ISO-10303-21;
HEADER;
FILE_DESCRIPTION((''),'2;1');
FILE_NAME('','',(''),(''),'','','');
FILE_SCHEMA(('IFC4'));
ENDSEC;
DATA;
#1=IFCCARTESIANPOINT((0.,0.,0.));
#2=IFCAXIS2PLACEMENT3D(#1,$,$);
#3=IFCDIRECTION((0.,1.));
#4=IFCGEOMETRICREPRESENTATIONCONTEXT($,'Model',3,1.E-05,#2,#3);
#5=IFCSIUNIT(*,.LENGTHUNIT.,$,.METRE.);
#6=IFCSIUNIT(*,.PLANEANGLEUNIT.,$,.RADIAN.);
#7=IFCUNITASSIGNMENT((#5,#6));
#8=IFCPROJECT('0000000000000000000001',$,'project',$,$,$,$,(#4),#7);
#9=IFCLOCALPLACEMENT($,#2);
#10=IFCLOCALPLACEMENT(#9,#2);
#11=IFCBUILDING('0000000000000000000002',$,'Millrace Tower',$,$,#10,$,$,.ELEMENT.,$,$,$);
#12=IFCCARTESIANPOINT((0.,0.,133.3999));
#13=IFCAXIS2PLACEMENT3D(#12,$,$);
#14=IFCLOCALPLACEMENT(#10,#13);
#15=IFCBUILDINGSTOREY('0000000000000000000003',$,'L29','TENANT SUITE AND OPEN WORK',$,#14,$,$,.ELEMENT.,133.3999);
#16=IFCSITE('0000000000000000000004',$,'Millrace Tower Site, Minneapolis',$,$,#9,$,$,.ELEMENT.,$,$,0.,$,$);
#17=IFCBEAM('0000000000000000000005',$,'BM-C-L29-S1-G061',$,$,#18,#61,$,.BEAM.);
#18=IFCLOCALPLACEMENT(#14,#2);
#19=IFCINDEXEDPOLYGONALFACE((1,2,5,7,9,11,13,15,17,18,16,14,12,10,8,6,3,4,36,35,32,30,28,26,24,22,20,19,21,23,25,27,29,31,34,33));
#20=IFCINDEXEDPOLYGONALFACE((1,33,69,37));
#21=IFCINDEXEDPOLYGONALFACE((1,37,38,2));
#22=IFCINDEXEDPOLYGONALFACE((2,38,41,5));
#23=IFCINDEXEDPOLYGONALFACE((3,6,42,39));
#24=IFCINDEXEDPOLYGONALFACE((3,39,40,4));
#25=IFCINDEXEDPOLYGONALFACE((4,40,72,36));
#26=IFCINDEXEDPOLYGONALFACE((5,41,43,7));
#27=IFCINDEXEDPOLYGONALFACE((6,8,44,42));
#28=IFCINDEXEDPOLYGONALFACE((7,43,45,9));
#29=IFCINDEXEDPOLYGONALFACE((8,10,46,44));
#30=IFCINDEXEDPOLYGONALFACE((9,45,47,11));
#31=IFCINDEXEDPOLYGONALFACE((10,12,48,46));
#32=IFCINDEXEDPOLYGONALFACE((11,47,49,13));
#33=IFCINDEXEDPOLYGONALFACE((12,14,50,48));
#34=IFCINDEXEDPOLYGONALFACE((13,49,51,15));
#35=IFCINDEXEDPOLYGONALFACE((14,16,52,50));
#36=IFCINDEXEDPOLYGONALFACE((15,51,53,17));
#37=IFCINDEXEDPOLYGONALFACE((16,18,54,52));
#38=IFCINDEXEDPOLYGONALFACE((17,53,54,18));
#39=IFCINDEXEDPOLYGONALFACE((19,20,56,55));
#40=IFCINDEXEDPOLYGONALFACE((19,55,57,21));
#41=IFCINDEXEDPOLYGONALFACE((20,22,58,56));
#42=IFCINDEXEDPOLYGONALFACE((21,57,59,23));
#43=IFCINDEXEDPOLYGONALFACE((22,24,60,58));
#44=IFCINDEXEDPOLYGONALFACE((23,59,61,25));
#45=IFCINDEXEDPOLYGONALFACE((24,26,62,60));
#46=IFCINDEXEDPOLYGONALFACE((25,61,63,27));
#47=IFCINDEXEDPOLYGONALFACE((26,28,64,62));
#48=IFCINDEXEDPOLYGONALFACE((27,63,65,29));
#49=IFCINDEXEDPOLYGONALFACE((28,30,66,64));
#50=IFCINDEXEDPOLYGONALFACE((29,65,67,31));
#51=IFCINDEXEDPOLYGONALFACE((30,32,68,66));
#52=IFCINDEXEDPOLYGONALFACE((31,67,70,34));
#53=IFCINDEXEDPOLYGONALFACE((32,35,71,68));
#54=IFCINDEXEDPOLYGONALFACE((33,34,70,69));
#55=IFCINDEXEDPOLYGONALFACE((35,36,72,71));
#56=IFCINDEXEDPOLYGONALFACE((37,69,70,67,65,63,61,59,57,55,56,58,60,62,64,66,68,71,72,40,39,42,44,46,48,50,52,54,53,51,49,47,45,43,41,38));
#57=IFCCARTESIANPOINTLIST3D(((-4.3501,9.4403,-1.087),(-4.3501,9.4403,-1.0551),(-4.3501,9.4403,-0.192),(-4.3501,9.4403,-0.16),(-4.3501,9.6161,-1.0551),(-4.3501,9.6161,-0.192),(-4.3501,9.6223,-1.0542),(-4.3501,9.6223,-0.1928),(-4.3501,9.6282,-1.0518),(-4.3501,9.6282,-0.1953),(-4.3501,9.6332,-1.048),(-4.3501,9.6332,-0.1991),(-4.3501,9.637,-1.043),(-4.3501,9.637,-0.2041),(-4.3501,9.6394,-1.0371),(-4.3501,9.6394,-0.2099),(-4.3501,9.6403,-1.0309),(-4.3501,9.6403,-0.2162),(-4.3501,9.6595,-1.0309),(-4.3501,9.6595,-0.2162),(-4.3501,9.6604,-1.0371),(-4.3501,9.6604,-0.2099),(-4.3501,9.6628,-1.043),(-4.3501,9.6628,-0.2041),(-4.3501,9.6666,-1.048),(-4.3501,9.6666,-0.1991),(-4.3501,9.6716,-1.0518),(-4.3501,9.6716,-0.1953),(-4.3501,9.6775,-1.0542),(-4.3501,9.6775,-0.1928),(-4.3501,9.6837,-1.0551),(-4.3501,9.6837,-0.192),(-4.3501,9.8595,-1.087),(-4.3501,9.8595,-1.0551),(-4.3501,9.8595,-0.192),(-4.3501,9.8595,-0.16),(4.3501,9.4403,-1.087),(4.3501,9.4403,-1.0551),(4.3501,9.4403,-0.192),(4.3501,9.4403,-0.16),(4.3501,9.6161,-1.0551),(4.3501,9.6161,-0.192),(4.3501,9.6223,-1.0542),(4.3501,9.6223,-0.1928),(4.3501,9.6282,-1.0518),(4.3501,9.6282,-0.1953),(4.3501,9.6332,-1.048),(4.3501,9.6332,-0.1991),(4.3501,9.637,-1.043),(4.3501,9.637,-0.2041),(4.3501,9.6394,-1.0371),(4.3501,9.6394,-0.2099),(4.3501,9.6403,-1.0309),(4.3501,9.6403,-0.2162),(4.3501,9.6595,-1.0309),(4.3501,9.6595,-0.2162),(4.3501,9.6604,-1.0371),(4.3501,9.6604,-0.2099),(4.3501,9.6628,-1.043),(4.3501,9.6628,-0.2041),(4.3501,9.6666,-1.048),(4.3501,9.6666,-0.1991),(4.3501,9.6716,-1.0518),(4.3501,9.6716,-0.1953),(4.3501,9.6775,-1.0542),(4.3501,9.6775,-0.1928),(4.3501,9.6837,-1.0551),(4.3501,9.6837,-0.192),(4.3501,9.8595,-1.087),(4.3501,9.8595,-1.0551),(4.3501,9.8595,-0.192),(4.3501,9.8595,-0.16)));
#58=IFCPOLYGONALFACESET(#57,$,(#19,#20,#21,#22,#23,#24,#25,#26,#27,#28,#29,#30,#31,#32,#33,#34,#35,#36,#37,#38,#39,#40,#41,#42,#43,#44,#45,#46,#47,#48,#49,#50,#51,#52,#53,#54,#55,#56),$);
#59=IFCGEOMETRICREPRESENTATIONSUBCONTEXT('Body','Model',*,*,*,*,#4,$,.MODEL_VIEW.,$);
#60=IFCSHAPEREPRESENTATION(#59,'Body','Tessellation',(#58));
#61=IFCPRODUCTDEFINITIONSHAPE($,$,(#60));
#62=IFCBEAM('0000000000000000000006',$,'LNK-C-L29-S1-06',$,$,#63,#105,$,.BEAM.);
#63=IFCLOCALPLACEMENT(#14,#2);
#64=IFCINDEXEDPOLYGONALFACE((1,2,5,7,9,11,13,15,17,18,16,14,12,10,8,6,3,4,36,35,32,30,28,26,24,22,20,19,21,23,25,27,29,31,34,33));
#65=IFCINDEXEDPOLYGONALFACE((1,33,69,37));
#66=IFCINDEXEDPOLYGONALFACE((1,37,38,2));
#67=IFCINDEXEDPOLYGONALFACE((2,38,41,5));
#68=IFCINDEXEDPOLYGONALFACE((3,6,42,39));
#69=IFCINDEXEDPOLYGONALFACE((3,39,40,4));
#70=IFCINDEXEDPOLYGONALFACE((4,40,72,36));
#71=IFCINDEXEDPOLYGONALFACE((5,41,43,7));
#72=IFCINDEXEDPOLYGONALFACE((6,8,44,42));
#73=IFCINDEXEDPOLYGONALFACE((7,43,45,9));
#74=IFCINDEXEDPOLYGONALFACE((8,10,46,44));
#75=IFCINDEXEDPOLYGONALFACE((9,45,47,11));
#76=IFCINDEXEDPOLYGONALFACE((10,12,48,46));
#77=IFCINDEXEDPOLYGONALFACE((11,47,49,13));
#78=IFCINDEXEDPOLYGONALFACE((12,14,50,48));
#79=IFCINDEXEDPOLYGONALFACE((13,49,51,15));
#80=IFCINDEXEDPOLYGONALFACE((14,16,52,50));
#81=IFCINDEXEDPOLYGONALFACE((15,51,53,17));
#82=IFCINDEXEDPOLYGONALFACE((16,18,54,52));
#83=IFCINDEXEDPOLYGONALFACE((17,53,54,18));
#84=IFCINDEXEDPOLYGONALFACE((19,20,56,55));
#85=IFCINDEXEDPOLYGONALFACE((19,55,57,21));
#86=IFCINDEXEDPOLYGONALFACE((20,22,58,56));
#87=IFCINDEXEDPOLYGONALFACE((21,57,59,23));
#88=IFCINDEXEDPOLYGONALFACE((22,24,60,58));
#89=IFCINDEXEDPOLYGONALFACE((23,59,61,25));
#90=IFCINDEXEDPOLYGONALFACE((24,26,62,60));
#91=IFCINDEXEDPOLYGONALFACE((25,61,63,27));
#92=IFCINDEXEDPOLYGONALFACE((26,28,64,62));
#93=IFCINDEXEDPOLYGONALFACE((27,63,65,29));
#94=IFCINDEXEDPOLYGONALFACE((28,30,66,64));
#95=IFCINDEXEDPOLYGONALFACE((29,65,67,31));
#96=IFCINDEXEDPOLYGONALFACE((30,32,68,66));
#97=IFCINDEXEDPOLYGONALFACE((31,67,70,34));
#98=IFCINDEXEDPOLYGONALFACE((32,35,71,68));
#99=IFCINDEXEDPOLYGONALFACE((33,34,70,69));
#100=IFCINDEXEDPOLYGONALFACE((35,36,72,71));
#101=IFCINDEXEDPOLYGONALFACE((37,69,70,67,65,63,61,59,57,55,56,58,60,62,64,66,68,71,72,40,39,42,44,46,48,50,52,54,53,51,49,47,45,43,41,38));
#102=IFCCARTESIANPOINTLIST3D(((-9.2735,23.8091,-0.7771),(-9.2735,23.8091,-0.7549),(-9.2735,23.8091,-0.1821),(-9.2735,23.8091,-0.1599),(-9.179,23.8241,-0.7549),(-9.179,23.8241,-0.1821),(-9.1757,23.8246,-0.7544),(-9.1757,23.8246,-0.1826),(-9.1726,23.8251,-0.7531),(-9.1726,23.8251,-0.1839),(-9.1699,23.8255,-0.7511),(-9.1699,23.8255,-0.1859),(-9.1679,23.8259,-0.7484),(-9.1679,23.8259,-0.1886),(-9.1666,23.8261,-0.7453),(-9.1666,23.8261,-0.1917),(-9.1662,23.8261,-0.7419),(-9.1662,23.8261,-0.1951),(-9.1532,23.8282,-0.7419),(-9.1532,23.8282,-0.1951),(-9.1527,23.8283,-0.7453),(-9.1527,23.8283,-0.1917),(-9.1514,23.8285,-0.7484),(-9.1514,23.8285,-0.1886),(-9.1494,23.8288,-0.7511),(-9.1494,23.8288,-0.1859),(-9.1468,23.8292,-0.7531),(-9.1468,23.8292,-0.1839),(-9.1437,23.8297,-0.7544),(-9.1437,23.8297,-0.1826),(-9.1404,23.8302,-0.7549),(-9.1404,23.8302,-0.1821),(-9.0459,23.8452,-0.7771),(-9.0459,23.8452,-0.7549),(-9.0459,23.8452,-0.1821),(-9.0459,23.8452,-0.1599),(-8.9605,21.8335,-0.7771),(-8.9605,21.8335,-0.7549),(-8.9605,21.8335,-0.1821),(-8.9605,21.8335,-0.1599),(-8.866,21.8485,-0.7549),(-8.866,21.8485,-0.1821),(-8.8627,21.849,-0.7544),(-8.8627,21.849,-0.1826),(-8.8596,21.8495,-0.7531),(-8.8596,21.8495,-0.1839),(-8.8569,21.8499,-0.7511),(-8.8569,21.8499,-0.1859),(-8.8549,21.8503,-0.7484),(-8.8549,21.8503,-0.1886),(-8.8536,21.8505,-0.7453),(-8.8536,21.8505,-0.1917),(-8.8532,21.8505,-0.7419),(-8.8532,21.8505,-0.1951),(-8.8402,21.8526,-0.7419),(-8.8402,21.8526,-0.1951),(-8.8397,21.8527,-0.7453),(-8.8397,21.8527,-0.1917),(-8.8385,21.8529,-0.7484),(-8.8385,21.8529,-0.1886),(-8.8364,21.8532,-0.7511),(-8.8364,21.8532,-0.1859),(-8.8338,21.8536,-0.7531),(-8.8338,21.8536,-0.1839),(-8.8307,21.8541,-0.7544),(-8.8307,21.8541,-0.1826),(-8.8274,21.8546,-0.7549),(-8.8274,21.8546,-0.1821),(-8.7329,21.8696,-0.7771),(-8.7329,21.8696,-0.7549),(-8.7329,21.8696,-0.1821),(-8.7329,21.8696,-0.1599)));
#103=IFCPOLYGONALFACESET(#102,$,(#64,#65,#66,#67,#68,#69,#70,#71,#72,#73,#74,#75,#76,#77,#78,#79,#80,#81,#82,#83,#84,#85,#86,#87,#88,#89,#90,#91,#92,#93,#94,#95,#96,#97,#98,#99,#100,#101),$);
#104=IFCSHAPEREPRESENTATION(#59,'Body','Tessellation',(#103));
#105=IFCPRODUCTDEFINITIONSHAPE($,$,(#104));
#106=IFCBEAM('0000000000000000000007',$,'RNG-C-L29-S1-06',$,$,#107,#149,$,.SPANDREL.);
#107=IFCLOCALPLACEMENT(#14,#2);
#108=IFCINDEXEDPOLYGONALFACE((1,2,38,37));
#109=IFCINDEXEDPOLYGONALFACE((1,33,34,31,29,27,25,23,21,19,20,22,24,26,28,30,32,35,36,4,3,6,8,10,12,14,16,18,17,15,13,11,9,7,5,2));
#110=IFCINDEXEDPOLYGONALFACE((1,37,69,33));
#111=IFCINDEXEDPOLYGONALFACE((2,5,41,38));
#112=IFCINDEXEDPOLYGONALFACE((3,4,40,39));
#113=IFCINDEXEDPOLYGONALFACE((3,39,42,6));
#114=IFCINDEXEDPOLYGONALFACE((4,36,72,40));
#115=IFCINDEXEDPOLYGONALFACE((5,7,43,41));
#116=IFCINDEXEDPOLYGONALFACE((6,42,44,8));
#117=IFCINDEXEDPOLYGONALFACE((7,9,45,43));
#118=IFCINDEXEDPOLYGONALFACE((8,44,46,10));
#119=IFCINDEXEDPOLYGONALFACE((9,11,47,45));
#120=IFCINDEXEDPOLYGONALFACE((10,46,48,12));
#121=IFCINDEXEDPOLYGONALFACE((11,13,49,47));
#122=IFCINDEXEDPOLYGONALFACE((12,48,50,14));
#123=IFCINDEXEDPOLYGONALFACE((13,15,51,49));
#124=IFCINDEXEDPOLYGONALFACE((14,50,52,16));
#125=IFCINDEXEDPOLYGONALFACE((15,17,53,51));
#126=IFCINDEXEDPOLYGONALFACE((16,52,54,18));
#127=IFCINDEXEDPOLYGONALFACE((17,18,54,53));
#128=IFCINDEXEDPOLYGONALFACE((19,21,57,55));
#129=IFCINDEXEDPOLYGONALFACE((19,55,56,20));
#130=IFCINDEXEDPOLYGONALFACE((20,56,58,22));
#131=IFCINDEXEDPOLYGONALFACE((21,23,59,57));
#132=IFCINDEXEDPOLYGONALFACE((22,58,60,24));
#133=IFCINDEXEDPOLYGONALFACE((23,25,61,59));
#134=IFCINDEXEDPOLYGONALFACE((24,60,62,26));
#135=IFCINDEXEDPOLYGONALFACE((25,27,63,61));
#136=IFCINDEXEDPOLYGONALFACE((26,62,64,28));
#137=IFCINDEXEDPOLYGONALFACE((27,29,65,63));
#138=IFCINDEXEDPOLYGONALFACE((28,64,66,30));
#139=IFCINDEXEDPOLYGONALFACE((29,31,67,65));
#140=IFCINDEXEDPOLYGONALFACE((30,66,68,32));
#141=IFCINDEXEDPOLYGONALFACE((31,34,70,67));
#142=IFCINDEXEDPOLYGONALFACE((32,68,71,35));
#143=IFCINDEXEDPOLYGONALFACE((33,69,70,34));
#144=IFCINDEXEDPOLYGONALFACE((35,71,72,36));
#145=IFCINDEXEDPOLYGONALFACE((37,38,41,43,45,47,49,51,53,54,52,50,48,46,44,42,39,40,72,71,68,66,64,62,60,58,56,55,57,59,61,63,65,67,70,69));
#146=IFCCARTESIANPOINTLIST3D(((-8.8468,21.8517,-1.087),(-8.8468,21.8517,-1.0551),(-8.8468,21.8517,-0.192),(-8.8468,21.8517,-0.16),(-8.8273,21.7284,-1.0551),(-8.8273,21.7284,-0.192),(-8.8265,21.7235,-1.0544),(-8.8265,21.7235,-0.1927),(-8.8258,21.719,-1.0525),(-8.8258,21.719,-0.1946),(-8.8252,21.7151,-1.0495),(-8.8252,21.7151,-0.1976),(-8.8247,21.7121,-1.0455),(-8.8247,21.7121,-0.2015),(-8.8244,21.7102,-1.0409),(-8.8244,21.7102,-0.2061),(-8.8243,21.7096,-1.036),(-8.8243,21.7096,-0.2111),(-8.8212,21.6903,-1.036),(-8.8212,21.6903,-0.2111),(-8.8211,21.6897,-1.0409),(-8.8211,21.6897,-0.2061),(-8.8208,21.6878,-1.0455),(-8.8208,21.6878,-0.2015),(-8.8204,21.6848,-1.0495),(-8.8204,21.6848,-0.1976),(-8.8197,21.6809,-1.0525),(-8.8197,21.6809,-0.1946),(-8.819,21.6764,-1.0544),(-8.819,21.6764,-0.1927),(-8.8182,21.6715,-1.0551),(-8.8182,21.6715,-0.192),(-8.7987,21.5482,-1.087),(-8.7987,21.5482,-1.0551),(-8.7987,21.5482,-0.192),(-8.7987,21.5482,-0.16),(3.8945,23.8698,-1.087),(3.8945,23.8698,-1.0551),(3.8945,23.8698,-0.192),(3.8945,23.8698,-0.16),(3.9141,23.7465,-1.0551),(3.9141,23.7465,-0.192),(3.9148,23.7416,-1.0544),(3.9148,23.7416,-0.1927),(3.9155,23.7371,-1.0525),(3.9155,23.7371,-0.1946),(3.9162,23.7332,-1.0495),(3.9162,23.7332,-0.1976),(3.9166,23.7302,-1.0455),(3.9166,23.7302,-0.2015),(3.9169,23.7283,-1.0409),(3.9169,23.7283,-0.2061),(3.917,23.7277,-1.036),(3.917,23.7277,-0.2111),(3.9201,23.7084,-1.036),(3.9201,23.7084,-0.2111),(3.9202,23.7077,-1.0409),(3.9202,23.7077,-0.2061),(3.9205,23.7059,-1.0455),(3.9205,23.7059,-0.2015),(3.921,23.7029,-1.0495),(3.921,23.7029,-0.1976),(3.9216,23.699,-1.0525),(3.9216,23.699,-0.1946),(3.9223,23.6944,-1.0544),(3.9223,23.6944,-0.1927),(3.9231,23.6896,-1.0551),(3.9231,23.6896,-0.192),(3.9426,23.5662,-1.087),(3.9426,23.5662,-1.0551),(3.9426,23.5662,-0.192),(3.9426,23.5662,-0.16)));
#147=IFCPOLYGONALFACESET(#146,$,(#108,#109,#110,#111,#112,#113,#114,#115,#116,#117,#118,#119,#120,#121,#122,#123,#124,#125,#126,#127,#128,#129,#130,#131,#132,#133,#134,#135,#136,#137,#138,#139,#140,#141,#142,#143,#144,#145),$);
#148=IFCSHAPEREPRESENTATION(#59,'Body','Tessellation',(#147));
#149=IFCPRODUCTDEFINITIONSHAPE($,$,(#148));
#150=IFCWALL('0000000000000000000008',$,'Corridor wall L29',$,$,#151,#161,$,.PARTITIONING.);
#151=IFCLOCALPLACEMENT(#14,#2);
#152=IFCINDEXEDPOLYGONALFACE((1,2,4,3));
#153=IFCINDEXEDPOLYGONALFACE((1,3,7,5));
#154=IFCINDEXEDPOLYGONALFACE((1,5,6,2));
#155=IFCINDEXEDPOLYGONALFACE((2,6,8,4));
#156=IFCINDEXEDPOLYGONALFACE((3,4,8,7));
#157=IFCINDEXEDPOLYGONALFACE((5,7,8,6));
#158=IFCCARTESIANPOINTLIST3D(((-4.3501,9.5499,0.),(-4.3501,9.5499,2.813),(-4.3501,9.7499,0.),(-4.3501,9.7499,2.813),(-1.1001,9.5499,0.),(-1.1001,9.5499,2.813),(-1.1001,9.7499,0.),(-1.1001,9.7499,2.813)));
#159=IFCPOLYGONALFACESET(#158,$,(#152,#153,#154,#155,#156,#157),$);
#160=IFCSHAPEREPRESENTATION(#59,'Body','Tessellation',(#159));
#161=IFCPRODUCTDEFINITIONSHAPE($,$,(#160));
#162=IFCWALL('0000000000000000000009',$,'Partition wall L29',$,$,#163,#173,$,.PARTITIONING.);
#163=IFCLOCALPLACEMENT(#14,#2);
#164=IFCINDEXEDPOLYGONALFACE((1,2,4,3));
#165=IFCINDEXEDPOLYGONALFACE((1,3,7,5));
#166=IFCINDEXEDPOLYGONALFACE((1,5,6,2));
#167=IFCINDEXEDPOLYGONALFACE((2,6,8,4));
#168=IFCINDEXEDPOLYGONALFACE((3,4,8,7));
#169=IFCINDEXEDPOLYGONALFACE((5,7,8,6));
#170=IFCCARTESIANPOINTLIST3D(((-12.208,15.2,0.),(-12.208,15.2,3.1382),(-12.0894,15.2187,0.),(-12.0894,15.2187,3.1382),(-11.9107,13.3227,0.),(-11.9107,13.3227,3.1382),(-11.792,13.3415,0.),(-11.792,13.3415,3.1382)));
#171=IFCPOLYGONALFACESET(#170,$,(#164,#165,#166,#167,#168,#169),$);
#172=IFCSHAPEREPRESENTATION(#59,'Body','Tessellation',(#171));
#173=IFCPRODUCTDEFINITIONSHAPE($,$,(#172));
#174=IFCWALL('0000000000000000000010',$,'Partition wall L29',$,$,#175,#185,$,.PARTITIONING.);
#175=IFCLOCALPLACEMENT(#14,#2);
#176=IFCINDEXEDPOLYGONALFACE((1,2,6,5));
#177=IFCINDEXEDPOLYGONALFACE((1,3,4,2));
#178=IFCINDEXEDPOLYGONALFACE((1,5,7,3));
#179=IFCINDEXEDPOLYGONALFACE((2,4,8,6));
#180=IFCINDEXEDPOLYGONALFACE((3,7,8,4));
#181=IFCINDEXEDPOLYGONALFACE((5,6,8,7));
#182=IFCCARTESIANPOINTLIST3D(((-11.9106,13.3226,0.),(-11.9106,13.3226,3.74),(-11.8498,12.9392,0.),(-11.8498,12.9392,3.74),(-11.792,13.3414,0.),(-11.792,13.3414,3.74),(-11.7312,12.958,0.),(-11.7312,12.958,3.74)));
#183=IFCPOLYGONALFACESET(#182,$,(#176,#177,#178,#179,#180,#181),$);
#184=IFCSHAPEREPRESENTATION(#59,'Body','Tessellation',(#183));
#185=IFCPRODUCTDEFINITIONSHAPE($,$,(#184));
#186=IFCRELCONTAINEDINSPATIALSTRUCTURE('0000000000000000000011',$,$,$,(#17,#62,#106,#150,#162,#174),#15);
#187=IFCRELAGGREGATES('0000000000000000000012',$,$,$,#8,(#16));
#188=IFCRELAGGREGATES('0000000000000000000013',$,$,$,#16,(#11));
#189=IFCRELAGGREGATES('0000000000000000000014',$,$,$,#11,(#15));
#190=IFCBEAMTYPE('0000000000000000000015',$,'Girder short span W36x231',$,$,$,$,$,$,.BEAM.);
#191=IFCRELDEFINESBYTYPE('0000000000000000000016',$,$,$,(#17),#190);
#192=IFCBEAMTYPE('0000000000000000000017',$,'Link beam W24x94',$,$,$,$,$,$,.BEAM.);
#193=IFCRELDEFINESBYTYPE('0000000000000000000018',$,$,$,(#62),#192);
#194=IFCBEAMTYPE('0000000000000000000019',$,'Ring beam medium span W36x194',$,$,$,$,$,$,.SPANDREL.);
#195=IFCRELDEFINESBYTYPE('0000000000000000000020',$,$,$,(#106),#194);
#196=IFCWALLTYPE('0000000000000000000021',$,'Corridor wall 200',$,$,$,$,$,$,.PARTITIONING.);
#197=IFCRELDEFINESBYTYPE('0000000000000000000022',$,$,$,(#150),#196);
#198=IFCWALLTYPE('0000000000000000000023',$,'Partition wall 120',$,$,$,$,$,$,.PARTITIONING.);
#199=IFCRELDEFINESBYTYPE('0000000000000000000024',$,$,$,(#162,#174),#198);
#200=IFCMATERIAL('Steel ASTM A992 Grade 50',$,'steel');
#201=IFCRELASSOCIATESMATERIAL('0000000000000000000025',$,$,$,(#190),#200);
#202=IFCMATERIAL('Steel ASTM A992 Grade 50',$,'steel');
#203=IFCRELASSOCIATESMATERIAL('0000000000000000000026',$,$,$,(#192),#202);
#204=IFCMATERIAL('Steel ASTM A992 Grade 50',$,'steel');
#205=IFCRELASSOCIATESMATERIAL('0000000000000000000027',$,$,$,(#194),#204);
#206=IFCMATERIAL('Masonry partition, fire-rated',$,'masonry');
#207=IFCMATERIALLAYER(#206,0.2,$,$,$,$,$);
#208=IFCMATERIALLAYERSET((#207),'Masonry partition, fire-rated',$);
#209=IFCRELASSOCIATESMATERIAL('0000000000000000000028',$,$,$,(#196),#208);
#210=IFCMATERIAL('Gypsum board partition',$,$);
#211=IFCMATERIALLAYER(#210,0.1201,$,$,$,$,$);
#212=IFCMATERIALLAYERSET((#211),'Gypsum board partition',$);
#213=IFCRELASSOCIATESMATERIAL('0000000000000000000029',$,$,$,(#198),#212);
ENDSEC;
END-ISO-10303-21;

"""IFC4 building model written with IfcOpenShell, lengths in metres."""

from ifc_helpers import new_model, si_unit, direction, frame, frame_2d, origin, origin_2d, place, context, subcontext, project, spatial, rectangle, i_section, extrude, material, layer, layer_set, material_profile, profile_set, type_object, element, save


model = new_model("IFC4")

# Units and contexts
model_context = context("Model", 3, precision=1e-05, world=origin(), true_north=direction((0.0, 1.0)))
body_context = subcontext(model_context, "Body", "Model", "MODEL_VIEW")
ifc_project = project(units=[si_unit("LENGTHUNIT", "METRE"), si_unit("PLANEANGLEUNIT", "RADIAN")], contexts=[model_context])

# Site, building, storey
site_placement = place(None, origin())
site = spatial("IfcSite", under=ifc_project, at=site_placement, Name="Millrace Tower Site, Minneapolis", CompositionType="ELEMENT", RefElevation=0.0)
building_placement = place(site_placement, origin())
building = spatial("IfcBuilding", under=site, at=building_placement, Name="Millrace Tower", CompositionType="ELEMENT")
storey_placement = place(building_placement, frame((0.0, 0.0, 133.3999)))
storey = spatial("IfcBuildingStorey", under=building, at=storey_placement, Name="L29", Description="TENANT SUITE AND OPEN WORK", CompositionType="ELEMENT", Elevation=133.3999)

# Beams
ifc_material_1 = material(Name="Steel ASTM A992 Grade 50", Category="steel")
ifc_material_profile_1 = material_profile(ifc_material_1, i_section(OverallWidth=0.4192, OverallDepth=0.927, WebThickness=0.0193, FlangeThickness=0.032, FilletRadius=0.0242, at=origin_2d()))
ifc_profile_set_1 = profile_set([ifc_material_profile_1], Name="Steel ASTM A992 Grade 50")
beam_type_1 = type_object("IfcBeamType", Name="Girder short span W36x231", PredefinedType="BEAM", material=ifc_profile_set_1)
beam_1_placement = place(storey_placement, frame((-4.3501, 9.6499, -0.6235), z_axis=(1.0, 0.0, 0.0), x_axis=(0.0, 1.0, 0.0)))
element("IfcBeam", 1, at=beam_1_placement, inside=storey, type_object=beam_type_1, Name="BM-C-L29-S1-G061", PredefinedType="BEAM", context=body_context, shape_type="SweptSolid", body=[
    extrude(i_section(OverallWidth=0.4192, OverallDepth=0.927, WebThickness=0.0193, FlangeThickness=0.032, FilletRadius=0.0242, at=origin_2d()), origin(), (0.0, 0.0, 1.0), 8.7002),
])
ifc_material_2 = material(Name="Steel ASTM A992 Grade 50", Category="steel")
ifc_material_profile_2 = material_profile(ifc_material_2, i_section(OverallWidth=0.2305, OverallDepth=0.6172, WebThickness=0.0132, FlangeThickness=0.0222, FilletRadius=0.0129, at=origin_2d()))
ifc_profile_set_2 = profile_set([ifc_material_profile_2], Name="Steel ASTM A992 Grade 50")
beam_type_2 = type_object("IfcBeamType", Name="Link beam W24x94", PredefinedType="BEAM", material=ifc_profile_set_2)
beam_2_placement = place(storey_placement, frame((-8.8467, 21.8516, -0.4685), z_axis=(-0.156477, 0.987682, 0.0), x_axis=(-0.987682, -0.156477, 0.0)))
element("IfcBeam", 2, at=beam_2_placement, inside=storey, type_object=beam_type_2, Name="LNK-C-L29-S1-06", PredefinedType="BEAM", context=body_context, shape_type="SweptSolid", body=[
    extrude(i_section(OverallWidth=0.2305, OverallDepth=0.6172, WebThickness=0.0132, FlangeThickness=0.0222, FilletRadius=0.0129, at=origin_2d()), origin(), (0.0, 0.0, 1.0), 2.0002),
])
ifc_material_3 = material(Name="Steel ASTM A992 Grade 50", Category="steel")
ifc_material_profile_3 = material_profile(ifc_material_3, i_section(OverallWidth=0.3074, OverallDepth=0.927, WebThickness=0.0195, FlangeThickness=0.032, FilletRadius=0.019, at=origin_2d()))
ifc_profile_set_3 = profile_set([ifc_material_profile_3], Name="Steel ASTM A992 Grade 50")
beam_type_3 = type_object("IfcBeamType", Name="Ring beam medium span W36x194", PredefinedType="SPANDREL", material=ifc_profile_set_3)
beam_3_placement = place(storey_placement, frame((-8.8228, 21.7, -0.6235), z_axis=(0.987688, 0.156439, 0.0), x_axis=(-0.156439, 0.987688, 0.0)))
element("IfcBeam", 3, at=beam_3_placement, inside=storey, type_object=beam_type_3, Name="RNG-C-L29-S1-06", PredefinedType="SPANDREL", context=body_context, shape_type="SweptSolid", body=[
    extrude(i_section(OverallWidth=0.3074, OverallDepth=0.927, WebThickness=0.0195, FlangeThickness=0.032, FilletRadius=0.019, at=origin_2d()), origin(), (0.0, 0.0, 1.0), 12.9001),
])

# Walls
ifc_material_4 = material(Name="Masonry partition, fire-rated", Category="masonry")
ifc_layer_1 = layer(ifc_material_4, 0.2)
ifc_layer_set_1 = layer_set([ifc_layer_1], Name="Masonry partition, fire-rated")
wall_type_1 = type_object("IfcWallType", Name="Corridor wall 200", PredefinedType="PARTITIONING", material=ifc_layer_set_1)
wall_1_placement = place(storey_placement, frame((-4.3501, 9.6499, 0.0), z_axis=(0.0, 0.0, 1.0), x_axis=(1.0, 0.0, 0.0)))
element("IfcWall", 4, at=wall_1_placement, inside=storey, type_object=wall_type_1, Name="Corridor wall L29", PredefinedType="PARTITIONING", context=body_context, shape_type="SweptSolid", body=[
    extrude(rectangle(XDim=3.25, YDim=0.2, at=frame_2d((1.625, 0.0))), origin(), (0.0, 0.0, 1.0), 2.813),
])
ifc_material_5 = material(Name="Gypsum board partition")
ifc_layer_2 = layer(ifc_material_5, 0.1201)
ifc_layer_set_2 = layer_set([ifc_layer_2], Name="Gypsum board partition")
wall_type_2 = type_object("IfcWallType", Name="Partition wall 120", PredefinedType="PARTITIONING", material=ifc_layer_set_2)
wall_2_placement = place(storey_placement, frame((-12.1487, 15.2092, 0.0), z_axis=(0.0, 0.0, 1.0), x_axis=(0.156457, -0.987685, 0.0)))
element("IfcWall", 5, at=wall_2_placement, inside=storey, type_object=wall_type_2, Name="Partition wall L29", PredefinedType="PARTITIONING", context=body_context, shape_type="SweptSolid", body=[
    extrude(rectangle(XDim=1.9006, YDim=0.1201, at=frame_2d((0.9502, 0.0))), origin(), (0.0, 0.0, 1.0), 3.1382),
])
wall_3_placement = place(storey_placement, frame((-11.8513, 13.332, 0.0), z_axis=(0.0, 0.0, 1.0), x_axis=(0.156641, -0.987656, 0.0)))
element("IfcWall", 6, at=wall_3_placement, inside=storey, type_object=wall_type_2, Name="Partition wall L29", PredefinedType="PARTITIONING", context=body_context, shape_type="SweptSolid", body=[
    extrude(rectangle(XDim=0.3882, YDim=0.1201, at=frame_2d((0.1941, 0.0))), origin(), (0.0, 0.0, 1.0), 3.74),
])

save(model, "model.ifc")
